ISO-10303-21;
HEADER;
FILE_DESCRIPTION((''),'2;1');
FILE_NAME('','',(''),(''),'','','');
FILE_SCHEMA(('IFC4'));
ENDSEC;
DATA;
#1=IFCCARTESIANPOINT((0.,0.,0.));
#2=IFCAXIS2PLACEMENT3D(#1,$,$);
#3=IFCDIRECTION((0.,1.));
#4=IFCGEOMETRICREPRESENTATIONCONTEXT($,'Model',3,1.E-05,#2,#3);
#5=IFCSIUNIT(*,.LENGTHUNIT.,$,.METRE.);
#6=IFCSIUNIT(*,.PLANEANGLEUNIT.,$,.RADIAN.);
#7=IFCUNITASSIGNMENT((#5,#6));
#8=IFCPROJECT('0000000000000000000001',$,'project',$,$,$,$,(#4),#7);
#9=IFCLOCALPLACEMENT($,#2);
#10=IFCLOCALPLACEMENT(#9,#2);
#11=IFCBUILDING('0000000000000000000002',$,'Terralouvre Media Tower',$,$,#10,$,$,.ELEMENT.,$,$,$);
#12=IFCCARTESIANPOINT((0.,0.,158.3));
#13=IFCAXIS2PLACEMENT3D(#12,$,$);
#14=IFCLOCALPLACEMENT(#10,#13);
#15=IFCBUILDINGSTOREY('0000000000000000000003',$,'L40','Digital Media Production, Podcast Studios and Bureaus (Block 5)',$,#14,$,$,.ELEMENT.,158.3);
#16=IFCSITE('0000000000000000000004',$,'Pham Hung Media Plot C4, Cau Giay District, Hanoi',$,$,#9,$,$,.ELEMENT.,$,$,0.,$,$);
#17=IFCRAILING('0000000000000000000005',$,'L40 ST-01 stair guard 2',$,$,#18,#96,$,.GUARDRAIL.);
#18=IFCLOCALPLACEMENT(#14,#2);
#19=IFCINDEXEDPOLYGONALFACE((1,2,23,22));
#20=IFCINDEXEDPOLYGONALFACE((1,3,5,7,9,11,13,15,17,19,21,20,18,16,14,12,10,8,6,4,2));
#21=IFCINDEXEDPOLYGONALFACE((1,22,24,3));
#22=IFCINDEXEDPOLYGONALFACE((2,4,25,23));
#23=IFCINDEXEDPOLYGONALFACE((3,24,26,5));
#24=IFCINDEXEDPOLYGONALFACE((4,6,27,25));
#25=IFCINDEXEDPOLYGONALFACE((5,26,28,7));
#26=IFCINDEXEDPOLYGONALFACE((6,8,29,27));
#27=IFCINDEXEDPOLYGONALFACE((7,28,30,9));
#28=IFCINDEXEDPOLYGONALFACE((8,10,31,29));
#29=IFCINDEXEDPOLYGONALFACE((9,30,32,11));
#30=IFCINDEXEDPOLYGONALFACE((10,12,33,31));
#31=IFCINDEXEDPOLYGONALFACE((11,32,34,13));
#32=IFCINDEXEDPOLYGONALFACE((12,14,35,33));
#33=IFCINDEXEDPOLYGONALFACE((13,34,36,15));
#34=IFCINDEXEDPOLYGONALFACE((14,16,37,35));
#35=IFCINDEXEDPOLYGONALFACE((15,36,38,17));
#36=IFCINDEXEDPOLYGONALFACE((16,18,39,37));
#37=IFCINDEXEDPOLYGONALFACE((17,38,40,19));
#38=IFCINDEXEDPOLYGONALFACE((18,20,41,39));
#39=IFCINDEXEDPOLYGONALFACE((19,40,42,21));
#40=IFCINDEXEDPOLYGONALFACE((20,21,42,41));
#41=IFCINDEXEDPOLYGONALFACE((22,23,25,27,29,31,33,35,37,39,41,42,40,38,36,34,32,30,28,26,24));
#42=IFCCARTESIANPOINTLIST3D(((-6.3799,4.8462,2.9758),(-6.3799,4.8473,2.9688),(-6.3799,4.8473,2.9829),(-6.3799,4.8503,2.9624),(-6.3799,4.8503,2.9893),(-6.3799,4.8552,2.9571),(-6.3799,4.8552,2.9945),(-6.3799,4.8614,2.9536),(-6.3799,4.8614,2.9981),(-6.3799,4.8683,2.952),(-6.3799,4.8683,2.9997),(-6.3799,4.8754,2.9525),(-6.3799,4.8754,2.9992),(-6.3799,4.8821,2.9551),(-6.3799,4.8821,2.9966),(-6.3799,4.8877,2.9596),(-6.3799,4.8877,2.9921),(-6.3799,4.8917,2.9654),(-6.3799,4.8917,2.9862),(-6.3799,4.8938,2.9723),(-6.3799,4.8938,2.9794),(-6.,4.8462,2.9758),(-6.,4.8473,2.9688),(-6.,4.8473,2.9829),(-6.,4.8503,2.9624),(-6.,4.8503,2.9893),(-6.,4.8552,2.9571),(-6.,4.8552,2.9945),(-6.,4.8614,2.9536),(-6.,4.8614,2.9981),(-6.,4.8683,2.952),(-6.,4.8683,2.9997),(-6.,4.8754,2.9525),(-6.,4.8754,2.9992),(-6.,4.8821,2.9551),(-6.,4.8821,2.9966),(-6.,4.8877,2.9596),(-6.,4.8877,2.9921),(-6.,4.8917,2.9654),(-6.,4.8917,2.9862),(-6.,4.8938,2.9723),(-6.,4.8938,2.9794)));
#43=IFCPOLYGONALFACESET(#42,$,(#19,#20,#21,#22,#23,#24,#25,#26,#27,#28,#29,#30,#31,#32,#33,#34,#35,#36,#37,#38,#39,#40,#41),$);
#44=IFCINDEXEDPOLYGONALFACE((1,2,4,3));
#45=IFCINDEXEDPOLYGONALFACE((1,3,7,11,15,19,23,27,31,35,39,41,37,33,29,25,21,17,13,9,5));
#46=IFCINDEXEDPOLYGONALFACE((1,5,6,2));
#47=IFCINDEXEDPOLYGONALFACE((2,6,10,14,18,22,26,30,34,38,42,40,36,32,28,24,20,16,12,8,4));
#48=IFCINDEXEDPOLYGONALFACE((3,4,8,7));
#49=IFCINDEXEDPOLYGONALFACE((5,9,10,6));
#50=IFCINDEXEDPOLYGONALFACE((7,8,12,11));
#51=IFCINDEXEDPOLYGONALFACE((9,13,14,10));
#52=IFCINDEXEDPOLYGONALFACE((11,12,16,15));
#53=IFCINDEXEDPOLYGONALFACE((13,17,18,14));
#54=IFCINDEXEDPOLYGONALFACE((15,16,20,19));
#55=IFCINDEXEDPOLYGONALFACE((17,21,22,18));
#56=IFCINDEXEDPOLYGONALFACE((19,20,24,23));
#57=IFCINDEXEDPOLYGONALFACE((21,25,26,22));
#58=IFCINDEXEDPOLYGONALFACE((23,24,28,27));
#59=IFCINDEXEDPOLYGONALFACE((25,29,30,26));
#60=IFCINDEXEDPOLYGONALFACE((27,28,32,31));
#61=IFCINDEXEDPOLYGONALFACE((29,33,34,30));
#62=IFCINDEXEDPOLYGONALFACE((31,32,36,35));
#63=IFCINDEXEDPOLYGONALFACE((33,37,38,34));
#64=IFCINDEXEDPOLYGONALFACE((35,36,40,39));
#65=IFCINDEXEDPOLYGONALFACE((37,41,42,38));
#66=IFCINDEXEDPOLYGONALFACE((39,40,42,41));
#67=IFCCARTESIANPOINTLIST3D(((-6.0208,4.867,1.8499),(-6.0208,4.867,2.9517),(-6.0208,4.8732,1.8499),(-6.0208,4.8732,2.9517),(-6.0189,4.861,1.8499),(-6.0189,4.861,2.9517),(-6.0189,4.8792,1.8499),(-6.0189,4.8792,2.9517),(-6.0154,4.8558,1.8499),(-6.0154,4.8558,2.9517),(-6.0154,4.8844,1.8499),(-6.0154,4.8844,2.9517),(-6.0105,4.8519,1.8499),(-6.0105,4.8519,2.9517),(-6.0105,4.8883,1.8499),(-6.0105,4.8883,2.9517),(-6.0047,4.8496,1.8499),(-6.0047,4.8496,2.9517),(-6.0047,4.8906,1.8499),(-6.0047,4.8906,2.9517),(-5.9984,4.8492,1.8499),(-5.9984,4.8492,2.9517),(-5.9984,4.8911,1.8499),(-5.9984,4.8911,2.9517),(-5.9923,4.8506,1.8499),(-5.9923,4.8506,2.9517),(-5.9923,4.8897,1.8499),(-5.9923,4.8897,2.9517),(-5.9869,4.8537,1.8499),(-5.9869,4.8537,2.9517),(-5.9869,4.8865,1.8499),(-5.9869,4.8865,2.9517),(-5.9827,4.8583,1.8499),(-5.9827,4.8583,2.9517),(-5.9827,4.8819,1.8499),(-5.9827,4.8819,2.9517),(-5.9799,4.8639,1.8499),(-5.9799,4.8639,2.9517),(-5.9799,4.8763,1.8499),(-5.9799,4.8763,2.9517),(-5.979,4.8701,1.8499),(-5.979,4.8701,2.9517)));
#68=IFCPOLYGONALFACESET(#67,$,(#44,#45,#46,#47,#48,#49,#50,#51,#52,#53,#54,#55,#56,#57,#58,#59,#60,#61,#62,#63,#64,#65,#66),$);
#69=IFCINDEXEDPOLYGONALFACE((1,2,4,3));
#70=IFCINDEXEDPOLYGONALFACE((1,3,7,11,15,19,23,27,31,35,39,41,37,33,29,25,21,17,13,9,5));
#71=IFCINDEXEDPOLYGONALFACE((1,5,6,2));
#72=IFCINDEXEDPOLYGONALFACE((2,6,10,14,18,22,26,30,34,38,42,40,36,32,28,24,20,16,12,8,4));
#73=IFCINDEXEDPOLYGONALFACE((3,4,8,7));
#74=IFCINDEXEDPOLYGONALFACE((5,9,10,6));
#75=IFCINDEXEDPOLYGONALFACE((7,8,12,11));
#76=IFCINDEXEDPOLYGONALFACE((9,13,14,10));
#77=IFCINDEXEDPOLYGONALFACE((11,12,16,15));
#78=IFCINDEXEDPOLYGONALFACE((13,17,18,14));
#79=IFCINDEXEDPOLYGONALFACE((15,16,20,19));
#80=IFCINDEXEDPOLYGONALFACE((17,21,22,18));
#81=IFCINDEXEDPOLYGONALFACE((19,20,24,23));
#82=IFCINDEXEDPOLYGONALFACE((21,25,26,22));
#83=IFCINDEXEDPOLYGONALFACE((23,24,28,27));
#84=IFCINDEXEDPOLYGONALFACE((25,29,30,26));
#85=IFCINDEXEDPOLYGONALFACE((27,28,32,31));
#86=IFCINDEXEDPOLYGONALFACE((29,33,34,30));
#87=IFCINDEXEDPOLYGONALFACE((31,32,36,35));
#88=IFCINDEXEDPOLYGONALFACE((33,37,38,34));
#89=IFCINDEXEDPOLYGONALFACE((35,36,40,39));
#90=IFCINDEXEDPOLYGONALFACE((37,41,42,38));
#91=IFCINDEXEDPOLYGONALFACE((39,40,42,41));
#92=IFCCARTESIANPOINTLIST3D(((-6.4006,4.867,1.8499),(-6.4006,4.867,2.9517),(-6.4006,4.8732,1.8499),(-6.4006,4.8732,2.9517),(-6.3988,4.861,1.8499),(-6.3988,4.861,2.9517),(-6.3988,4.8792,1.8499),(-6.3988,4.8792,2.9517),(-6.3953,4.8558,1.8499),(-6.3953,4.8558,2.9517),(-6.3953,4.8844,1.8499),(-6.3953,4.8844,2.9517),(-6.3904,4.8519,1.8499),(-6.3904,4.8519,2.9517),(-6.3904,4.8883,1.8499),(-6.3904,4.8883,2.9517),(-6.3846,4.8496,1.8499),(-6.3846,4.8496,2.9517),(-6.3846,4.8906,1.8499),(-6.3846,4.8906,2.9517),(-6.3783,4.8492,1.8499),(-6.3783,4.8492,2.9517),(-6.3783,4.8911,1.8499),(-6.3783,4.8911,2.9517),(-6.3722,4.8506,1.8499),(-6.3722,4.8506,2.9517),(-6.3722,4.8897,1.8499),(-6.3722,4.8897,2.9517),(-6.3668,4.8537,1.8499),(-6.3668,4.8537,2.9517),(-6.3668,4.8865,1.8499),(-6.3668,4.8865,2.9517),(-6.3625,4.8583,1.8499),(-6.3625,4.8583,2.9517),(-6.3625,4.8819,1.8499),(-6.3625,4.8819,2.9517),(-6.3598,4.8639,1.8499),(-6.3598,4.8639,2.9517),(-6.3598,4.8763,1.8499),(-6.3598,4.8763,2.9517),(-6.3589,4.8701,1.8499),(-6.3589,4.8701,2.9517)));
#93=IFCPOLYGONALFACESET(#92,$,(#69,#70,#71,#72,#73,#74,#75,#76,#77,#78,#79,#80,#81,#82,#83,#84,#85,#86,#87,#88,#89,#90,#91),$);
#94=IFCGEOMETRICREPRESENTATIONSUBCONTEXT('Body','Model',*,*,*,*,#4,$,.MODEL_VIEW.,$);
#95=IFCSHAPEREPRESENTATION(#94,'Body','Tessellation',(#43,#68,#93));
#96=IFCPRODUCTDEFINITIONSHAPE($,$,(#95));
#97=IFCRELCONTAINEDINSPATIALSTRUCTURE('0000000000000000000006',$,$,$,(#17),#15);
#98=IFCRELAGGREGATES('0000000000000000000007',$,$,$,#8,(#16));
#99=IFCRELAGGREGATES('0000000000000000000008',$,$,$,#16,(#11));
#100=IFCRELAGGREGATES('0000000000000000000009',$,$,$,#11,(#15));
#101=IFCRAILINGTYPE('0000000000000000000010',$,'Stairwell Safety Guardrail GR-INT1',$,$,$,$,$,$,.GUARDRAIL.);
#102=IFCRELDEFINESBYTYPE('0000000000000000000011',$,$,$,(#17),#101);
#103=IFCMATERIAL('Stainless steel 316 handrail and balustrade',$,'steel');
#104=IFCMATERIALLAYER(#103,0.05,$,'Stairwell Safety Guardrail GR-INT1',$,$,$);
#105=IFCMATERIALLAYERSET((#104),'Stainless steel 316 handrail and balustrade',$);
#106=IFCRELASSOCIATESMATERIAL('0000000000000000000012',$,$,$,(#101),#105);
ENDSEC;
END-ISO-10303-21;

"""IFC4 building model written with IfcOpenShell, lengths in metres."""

from ifc_helpers import new_model, si_unit, direction, frame, origin, origin_2d, place, context, subcontext, project, spatial, circle, extrude, material, layer, layer_set, type_object, element, save


model = new_model("IFC4")

# Units and contexts
model_context = context("Model", 3, precision=1e-05, world=origin(), true_north=direction((0.0, 1.0)))
body_context = subcontext(model_context, "Body", "Model", "MODEL_VIEW")
ifc_project = project(units=[si_unit("LENGTHUNIT", "METRE"), si_unit("PLANEANGLEUNIT", "RADIAN")], contexts=[model_context])

# Site, building, storey
site_placement = place(None, origin())
site = spatial("IfcSite", under=ifc_project, at=site_placement, Name="Pham Hung Media Plot C4, Cau Giay District, Hanoi", CompositionType="ELEMENT", RefElevation=0.0)
building_placement = place(site_placement, origin())
building = spatial("IfcBuilding", under=site, at=building_placement, Name="Terralouvre Media Tower", CompositionType="ELEMENT")
storey_placement = place(building_placement, frame((0.0, 0.0, 158.3)))
storey = spatial("IfcBuildingStorey", under=building, at=storey_placement, Name="L40", Description="Digital Media Production, Podcast Studios and Bureaus (Block 5)", CompositionType="ELEMENT", Elevation=158.3)

# Railing
ifc_material_1 = material(Name="Stainless steel 316 handrail and balustrade", Category="steel")
ifc_layer_1 = layer(ifc_material_1, 0.05, Name="Stairwell Safety Guardrail GR-INT1")
ifc_layer_set_1 = layer_set([ifc_layer_1], Name="Stainless steel 316 handrail and balustrade")
railing_type_1 = type_object("IfcRailingType", Name="Stairwell Safety Guardrail GR-INT1", PredefinedType="GUARDRAIL", material=ifc_layer_set_1)
railing_1_placement = place(storey_placement, frame((-6.0, 4.8701, 1.8499)))
element("IfcRailing", 1, at=railing_1_placement, inside=storey, type_object=railing_type_1, Name="L40 ST-01 stair guard 2", PredefinedType="GUARDRAIL", context=body_context, shape_type="SweptSolid", body=[
    extrude(circle(Radius=0.0239, at=origin_2d()), frame((0.0, 0.0, 1.126), z_axis=(-1.0, 0.0, 0.0), x_axis=(0.0, -1.0, 0.0)), (0.0, 0.0, 1.0), 0.3799),
    extrude(circle(Radius=0.021, at=origin_2d()), origin(), (0.0, 0.0, 1.0), 1.1018),
    extrude(circle(Radius=0.021, at=origin_2d()), frame((-0.3799, 0.0, 0.0)), (0.0, 0.0, 1.0), 1.1018),
])

save(model, "model.ifc")
